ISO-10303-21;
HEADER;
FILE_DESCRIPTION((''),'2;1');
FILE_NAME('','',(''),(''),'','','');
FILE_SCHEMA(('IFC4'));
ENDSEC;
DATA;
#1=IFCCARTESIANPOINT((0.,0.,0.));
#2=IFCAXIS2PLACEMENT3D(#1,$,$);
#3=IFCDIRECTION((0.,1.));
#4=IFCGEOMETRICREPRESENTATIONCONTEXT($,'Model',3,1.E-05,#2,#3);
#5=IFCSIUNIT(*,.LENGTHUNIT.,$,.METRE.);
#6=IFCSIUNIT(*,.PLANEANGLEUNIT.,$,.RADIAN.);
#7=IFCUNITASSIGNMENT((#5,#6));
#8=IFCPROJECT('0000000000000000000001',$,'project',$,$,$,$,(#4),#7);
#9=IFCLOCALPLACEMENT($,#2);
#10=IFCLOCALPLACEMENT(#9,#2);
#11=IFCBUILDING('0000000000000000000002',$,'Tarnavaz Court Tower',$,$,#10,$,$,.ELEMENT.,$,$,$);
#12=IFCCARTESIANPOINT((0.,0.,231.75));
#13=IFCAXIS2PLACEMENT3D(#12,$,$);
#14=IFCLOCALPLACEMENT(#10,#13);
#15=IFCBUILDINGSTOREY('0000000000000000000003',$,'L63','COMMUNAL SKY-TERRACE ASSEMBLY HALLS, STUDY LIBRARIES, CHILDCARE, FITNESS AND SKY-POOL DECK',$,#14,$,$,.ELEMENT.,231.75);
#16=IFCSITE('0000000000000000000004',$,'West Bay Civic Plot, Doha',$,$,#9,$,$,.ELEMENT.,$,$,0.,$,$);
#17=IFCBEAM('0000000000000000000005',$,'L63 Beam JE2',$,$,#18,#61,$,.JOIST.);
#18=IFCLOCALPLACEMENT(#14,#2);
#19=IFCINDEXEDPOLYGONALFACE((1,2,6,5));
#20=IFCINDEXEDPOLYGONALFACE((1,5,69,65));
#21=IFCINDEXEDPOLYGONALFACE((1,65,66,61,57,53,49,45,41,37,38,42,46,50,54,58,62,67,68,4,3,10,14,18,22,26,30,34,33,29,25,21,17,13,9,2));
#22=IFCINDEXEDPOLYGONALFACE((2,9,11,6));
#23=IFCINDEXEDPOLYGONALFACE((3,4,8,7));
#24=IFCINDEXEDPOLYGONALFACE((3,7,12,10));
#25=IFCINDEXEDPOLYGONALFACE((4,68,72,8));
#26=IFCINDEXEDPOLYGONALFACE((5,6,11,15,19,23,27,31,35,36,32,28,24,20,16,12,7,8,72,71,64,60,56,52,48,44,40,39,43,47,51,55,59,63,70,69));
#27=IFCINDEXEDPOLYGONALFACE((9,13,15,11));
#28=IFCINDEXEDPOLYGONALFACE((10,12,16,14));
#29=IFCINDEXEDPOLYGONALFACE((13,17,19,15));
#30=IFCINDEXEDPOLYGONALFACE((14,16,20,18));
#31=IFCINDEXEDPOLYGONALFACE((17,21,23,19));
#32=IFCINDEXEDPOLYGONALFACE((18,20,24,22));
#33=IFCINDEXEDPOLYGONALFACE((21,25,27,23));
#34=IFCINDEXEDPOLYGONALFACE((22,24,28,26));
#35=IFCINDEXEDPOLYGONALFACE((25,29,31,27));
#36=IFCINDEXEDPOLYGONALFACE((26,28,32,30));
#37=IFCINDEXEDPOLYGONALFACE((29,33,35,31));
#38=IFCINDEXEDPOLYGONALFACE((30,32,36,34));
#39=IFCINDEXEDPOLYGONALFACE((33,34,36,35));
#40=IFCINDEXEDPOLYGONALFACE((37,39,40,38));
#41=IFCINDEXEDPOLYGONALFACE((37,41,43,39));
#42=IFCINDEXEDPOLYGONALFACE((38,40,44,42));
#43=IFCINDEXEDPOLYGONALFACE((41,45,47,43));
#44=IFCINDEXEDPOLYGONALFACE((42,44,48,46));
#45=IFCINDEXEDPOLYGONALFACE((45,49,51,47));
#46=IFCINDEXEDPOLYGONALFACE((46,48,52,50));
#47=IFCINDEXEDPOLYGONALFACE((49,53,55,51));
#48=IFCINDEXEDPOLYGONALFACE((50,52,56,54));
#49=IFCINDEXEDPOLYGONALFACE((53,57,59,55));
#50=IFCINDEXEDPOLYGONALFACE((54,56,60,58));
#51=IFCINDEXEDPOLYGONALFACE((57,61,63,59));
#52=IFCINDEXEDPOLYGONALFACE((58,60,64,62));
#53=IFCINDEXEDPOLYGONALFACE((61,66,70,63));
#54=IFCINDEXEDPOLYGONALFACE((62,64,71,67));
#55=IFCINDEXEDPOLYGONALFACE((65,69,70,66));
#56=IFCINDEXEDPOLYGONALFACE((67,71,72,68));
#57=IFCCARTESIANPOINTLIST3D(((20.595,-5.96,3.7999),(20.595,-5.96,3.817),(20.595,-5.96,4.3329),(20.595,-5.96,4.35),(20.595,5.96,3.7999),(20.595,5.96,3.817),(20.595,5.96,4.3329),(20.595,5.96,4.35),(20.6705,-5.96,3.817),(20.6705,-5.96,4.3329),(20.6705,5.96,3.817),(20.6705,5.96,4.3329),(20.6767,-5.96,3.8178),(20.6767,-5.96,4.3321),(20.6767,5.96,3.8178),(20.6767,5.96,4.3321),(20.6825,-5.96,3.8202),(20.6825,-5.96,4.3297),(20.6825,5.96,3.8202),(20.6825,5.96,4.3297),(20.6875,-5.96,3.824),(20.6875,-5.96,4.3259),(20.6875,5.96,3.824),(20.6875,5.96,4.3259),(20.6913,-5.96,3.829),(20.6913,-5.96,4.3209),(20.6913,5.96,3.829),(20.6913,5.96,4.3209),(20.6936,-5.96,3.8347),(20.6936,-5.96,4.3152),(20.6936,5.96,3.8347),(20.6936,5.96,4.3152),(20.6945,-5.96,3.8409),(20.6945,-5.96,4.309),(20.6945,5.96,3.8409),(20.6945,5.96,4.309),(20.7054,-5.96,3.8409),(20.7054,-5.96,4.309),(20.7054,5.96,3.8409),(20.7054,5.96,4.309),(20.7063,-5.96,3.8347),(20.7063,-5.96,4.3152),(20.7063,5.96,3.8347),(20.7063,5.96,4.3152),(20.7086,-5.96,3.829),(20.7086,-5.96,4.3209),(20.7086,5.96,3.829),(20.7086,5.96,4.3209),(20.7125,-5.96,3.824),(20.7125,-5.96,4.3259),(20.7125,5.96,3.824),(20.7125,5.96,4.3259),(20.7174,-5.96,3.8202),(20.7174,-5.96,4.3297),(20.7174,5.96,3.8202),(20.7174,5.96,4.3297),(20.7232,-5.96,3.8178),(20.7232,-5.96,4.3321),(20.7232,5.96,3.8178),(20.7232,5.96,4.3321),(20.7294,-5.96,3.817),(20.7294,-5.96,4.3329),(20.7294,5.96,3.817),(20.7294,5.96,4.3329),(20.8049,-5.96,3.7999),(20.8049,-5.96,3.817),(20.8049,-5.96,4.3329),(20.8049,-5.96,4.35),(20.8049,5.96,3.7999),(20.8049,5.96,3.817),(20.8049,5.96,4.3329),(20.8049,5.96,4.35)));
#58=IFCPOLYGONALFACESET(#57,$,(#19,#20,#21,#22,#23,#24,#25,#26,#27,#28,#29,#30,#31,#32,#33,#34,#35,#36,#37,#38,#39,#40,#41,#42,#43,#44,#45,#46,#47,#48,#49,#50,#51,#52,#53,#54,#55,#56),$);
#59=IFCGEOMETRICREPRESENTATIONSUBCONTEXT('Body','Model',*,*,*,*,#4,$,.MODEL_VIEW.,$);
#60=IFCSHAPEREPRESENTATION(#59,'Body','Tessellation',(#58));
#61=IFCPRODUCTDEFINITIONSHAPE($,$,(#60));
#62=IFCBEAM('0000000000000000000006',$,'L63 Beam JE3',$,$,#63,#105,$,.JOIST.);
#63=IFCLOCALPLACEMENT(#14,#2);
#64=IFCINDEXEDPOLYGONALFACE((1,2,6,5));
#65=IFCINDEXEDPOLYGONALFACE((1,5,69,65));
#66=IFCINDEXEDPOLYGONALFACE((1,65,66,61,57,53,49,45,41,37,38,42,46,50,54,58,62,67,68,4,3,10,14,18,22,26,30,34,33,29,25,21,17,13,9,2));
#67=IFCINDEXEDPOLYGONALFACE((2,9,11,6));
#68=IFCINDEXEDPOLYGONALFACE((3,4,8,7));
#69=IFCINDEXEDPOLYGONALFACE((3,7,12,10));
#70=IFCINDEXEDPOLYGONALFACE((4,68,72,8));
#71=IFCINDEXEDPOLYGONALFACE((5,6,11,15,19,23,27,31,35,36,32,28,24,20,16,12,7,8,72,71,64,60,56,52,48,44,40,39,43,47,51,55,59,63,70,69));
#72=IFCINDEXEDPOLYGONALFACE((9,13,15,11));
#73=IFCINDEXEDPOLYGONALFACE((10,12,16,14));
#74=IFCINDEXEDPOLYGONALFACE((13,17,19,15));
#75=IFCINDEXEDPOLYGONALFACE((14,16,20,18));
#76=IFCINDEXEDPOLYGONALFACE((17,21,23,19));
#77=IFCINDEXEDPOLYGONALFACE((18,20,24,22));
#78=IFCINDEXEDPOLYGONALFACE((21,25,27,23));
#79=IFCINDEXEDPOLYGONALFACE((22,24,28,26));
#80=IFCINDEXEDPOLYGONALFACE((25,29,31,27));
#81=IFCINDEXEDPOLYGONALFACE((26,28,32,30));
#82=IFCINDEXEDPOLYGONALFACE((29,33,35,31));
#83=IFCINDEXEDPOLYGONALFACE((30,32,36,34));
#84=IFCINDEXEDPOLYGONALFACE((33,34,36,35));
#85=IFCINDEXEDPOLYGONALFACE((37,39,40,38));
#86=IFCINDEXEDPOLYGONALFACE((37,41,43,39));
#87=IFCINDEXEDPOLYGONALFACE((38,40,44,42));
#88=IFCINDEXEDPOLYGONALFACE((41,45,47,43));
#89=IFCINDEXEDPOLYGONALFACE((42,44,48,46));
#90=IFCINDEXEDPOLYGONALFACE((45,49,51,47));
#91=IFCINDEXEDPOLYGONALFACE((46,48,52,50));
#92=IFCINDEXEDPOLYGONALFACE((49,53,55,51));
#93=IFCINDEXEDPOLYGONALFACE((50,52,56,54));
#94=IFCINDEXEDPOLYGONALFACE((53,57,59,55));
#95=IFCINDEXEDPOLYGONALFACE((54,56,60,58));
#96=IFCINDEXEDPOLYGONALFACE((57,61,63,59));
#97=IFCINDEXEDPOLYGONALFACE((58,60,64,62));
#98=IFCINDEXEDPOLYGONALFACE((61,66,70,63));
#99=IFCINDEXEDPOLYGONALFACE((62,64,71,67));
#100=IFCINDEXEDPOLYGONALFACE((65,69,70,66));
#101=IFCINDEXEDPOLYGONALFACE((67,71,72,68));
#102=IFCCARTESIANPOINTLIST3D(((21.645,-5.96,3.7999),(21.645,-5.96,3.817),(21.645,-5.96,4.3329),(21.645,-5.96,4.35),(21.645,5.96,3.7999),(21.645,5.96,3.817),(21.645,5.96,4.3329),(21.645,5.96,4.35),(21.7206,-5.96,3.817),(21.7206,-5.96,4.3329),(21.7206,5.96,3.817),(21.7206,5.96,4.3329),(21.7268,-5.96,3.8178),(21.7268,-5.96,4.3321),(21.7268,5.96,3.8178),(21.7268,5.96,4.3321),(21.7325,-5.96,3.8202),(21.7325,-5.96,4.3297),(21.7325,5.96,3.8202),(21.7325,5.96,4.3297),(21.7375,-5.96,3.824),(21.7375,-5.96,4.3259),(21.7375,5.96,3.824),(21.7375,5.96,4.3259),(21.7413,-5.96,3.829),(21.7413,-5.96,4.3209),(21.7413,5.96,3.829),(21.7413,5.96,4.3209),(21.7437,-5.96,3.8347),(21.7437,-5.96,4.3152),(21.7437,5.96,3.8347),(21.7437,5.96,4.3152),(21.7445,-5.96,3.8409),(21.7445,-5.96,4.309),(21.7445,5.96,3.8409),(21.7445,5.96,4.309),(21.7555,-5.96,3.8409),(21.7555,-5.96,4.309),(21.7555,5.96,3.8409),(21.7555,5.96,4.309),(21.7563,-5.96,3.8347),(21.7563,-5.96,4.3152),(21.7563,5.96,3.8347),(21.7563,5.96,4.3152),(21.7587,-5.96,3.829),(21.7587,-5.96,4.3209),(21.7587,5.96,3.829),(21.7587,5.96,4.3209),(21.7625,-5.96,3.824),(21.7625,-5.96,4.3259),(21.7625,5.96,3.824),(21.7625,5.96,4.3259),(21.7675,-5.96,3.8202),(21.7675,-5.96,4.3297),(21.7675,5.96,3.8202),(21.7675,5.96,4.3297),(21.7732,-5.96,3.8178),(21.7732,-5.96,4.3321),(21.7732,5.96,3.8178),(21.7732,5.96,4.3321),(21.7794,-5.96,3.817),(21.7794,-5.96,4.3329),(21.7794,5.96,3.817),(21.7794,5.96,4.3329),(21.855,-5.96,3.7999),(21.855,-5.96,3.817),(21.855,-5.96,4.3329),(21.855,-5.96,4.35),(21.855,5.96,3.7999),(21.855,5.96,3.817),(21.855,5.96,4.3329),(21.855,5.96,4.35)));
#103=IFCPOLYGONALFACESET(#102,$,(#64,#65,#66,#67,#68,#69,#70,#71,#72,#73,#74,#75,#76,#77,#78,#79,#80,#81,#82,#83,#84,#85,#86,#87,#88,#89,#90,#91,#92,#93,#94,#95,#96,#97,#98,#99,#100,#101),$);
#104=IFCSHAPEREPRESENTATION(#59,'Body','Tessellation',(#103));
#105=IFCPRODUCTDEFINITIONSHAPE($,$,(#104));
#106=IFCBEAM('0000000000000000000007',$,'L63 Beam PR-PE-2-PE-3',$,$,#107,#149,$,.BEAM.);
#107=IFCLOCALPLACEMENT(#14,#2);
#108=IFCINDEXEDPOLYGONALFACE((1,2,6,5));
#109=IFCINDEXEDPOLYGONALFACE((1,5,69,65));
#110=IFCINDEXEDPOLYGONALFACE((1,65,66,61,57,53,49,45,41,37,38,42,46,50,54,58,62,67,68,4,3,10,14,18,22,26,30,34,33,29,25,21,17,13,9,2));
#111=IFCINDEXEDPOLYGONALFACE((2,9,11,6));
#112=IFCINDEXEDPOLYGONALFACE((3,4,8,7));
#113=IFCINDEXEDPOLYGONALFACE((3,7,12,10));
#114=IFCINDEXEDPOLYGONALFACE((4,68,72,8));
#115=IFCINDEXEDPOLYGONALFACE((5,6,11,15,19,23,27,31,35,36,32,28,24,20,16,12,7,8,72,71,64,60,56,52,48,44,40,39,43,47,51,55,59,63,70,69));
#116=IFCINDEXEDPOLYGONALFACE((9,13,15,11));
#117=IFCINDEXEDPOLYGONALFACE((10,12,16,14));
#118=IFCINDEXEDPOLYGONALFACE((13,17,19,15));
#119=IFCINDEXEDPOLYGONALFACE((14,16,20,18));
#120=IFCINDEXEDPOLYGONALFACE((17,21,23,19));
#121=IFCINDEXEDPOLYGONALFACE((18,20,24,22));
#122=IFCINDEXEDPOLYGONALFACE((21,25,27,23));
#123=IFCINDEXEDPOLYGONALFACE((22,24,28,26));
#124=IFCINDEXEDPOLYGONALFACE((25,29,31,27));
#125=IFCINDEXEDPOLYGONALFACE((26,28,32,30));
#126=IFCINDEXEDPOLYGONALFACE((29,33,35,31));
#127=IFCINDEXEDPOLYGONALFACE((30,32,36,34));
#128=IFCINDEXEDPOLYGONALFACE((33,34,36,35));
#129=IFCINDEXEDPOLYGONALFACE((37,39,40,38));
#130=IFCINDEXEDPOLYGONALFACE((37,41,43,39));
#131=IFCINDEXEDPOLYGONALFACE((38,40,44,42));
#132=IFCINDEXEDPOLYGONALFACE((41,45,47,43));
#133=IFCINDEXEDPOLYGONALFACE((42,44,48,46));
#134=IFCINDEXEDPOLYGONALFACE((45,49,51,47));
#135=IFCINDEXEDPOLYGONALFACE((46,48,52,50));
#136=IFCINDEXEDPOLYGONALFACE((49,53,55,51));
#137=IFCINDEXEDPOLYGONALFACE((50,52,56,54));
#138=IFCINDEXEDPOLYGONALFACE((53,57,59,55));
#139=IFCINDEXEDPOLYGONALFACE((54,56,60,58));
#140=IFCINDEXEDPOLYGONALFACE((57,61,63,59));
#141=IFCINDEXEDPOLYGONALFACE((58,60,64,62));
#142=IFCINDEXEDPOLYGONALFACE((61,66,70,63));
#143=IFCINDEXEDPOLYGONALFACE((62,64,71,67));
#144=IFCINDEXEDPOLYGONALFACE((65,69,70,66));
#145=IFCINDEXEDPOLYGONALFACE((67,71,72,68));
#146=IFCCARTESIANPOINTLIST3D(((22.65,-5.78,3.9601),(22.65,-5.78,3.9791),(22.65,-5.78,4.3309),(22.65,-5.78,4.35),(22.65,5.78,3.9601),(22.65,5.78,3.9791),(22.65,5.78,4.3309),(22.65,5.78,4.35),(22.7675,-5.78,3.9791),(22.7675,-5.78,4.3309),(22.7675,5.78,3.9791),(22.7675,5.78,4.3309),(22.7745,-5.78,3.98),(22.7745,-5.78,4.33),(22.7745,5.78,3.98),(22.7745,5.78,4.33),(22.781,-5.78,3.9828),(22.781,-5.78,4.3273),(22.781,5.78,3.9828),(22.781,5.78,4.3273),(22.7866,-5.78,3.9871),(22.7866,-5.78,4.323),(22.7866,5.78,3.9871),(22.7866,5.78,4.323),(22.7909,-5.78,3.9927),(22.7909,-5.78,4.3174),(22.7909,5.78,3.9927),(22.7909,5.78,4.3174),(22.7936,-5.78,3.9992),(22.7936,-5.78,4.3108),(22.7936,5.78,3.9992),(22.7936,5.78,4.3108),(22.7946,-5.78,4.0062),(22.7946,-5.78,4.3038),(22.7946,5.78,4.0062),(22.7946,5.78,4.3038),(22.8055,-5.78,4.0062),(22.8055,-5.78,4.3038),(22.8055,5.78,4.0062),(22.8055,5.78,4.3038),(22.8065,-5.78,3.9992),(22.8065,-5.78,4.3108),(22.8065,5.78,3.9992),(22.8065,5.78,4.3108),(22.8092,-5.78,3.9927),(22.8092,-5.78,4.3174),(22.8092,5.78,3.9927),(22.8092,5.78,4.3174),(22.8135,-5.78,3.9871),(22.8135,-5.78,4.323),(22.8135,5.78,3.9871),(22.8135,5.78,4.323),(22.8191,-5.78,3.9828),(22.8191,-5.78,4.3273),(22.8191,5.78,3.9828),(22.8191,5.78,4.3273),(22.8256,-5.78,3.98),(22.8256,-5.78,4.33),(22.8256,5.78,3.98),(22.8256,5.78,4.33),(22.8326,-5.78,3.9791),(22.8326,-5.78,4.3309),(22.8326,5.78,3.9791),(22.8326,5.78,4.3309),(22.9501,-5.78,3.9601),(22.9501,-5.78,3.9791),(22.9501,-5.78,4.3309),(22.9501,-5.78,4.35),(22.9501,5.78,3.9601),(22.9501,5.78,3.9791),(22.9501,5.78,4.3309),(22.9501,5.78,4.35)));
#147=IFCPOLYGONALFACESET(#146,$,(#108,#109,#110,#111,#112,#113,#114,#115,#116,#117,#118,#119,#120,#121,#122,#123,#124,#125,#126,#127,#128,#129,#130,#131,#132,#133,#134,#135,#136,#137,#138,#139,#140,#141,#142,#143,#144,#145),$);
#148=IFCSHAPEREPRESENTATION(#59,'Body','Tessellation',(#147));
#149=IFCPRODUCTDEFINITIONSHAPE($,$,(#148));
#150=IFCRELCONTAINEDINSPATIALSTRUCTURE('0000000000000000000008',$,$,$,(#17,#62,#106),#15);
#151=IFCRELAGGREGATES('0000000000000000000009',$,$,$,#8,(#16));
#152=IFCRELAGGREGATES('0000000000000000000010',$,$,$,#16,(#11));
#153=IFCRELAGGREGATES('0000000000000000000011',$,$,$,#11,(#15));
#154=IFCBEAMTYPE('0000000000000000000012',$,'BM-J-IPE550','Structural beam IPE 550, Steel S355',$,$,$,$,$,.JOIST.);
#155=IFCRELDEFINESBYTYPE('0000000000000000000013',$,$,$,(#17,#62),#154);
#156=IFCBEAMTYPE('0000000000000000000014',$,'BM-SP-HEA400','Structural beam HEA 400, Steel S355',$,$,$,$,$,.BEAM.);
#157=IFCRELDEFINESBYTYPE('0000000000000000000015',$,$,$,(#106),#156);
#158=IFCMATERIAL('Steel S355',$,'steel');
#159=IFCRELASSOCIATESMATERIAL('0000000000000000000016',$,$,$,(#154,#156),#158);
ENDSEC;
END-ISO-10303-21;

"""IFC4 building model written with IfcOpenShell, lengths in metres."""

from ifc_helpers import new_model, si_unit, direction, frame, origin, origin_2d, place, context, subcontext, project, spatial, i_section, extrude, material, material_profile, profile_set, type_object, element, save


model = new_model("IFC4")

# Units and contexts
model_context = context("Model", 3, precision=1e-05, world=origin(), true_north=direction((0.0, 1.0)))
body_context = subcontext(model_context, "Body", "Model", "MODEL_VIEW")
ifc_project = project(units=[si_unit("LENGTHUNIT", "METRE"), si_unit("PLANEANGLEUNIT", "RADIAN")], contexts=[model_context])

# Site, building, storey
site_placement = place(None, origin())
site = spatial("IfcSite", under=ifc_project, at=site_placement, Name="West Bay Civic Plot, Doha", CompositionType="ELEMENT", RefElevation=0.0)
building_placement = place(site_placement, origin())
building = spatial("IfcBuilding", under=site, at=building_placement, Name="Tarnavaz Court Tower", CompositionType="ELEMENT")
storey_placement = place(building_placement, frame((0.0, 0.0, 231.75)))
storey = spatial("IfcBuildingStorey", under=building, at=storey_placement, Name="L63", Description="COMMUNAL SKY-TERRACE ASSEMBLY HALLS, STUDY LIBRARIES, CHILDCARE, FITNESS AND SKY-POOL DECK", CompositionType="ELEMENT", Elevation=231.75)

# Beams
ifc_material_1 = material(Name="Steel S355", Category="steel")
ifc_material_profile_1 = material_profile(ifc_material_1, i_section(OverallWidth=0.21, OverallDepth=0.55, WebThickness=0.011, FlangeThickness=0.0171, FilletRadius=0.0239, at=origin_2d()), Name="IPE 550")
ifc_profile_set_1 = profile_set([ifc_material_profile_1], Name="Steel S355")
beam_type_1 = type_object("IfcBeamType", Name="BM-J-IPE550", Description="Structural beam IPE 550, Steel S355", PredefinedType="JOIST", material=ifc_profile_set_1)
for number, where, z_axis, x_axis, name in (
    (1, (20.7, -5.96, 4.075), (0.0, 1.0, 0.0), (-1.0, 0.0, 0.0), "L63 Beam JE2"),
    (2, (21.75, -5.96, 4.075), (0.0, 1.0, 0.0), (-1.0, 0.0, 0.0), "L63 Beam JE3"),
):
    element("IfcBeam", number, at=place(storey_placement, frame(where, z_axis=z_axis, x_axis=x_axis)), inside=storey, type_object=beam_type_1, Name=name, PredefinedType="JOIST", context=body_context, shape_type="SweptSolid", body=[
        extrude(i_section(OverallWidth=0.21, OverallDepth=0.55, WebThickness=0.011, FlangeThickness=0.0171, FilletRadius=0.0239, at=origin_2d()), origin(), (0.0, 0.0, 1.0), 11.9199),
    ])
ifc_material_profile_2 = material_profile(ifc_material_1, i_section(OverallWidth=0.3, OverallDepth=0.3899, WebThickness=0.011, FlangeThickness=0.019, FilletRadius=0.0271, at=origin_2d()), Name="HEA 400")
ifc_profile_set_2 = profile_set([ifc_material_profile_2], Name="Steel S355")
beam_type_2 = type_object("IfcBeamType", Name="BM-SP-HEA400", Description="Structural beam HEA 400, Steel S355", PredefinedType="BEAM", material=ifc_profile_set_2)
beam_1_placement = place(storey_placement, frame((22.8, -5.78, 4.155), z_axis=(0.0, 1.0, 0.0), x_axis=(-1.0, 0.0, 0.0)))
element("IfcBeam", 3, at=beam_1_placement, inside=storey, type_object=beam_type_2, Name="L63 Beam PR-PE-2-PE-3", PredefinedType="BEAM", context=body_context, shape_type="SweptSolid", body=[
    extrude(i_section(OverallWidth=0.3, OverallDepth=0.3899, WebThickness=0.011, FlangeThickness=0.019, FilletRadius=0.0271, at=origin_2d()), origin(), (0.0, 0.0, 1.0), 11.5601),
])

save(model, "model.ifc")
